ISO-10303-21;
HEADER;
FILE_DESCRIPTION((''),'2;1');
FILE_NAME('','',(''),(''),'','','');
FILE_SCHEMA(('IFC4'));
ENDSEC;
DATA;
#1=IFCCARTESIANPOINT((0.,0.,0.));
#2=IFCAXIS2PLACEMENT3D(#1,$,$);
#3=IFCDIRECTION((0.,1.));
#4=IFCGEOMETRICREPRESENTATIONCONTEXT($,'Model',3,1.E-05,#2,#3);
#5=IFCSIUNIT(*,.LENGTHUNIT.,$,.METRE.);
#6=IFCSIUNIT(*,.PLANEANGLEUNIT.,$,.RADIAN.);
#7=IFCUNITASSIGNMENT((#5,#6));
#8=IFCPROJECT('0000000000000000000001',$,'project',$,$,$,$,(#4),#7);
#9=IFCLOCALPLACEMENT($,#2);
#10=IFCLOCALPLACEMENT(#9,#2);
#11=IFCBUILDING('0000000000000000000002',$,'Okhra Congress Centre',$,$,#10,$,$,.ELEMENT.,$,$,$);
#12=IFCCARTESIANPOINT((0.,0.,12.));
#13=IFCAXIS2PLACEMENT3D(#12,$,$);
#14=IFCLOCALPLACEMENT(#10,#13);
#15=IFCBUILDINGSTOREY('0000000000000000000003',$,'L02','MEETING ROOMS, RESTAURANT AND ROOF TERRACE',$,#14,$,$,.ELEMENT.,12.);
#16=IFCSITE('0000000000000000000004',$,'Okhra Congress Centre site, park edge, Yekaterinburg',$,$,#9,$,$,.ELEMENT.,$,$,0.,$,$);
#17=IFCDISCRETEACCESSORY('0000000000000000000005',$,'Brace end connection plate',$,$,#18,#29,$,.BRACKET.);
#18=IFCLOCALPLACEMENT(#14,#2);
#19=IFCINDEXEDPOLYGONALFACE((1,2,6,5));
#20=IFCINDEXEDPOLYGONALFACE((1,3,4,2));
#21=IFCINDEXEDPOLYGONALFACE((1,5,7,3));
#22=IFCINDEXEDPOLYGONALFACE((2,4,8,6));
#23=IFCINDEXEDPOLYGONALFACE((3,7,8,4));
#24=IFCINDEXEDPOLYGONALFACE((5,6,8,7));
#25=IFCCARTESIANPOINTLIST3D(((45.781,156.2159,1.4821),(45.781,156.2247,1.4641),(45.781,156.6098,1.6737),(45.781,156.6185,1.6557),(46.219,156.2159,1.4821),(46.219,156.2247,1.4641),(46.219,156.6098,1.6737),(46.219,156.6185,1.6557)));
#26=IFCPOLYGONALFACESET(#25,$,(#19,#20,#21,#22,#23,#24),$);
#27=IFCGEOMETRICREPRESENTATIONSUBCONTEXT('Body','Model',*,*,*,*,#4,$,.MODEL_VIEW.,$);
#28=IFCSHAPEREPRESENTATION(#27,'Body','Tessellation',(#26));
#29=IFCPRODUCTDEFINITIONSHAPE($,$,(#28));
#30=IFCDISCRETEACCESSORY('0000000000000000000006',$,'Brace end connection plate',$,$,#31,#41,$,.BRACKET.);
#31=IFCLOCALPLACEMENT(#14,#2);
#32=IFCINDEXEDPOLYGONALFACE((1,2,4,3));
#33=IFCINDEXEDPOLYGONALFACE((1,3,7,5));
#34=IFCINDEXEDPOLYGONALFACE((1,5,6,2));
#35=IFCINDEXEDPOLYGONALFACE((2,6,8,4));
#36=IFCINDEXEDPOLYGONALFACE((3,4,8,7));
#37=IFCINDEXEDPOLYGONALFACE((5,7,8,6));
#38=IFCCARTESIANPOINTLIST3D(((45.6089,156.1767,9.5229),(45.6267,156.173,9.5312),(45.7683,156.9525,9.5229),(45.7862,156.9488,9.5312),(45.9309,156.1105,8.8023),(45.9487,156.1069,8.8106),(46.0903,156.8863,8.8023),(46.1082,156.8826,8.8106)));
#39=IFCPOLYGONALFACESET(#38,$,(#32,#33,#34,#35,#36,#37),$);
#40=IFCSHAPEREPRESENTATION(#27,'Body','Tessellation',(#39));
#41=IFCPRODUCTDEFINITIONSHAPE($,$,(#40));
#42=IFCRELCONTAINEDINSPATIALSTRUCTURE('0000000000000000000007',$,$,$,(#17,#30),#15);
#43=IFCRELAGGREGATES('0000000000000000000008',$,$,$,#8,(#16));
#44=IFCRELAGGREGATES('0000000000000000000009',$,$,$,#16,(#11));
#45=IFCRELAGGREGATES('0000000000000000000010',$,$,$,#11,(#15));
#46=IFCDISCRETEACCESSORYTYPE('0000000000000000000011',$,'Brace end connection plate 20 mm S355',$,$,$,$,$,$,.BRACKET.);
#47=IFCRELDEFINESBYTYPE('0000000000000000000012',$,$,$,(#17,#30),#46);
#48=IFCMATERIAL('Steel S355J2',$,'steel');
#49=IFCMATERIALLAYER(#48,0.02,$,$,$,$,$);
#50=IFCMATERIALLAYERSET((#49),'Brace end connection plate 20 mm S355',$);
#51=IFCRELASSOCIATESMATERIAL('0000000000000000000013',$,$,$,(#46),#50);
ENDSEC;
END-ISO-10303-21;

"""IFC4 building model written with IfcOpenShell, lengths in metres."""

from ifc_helpers import new_model, si_unit, direction, frame, origin, origin_2d, place, context, subcontext, project, spatial, rectangle, extrude, material, layer, layer_set, type_object, element, save


model = new_model("IFC4")

# Units and contexts
model_context = context("Model", 3, precision=1e-05, world=origin(), true_north=direction((0.0, 1.0)))
body_context = subcontext(model_context, "Body", "Model", "MODEL_VIEW")
ifc_project = project(units=[si_unit("LENGTHUNIT", "METRE"), si_unit("PLANEANGLEUNIT", "RADIAN")], contexts=[model_context])

# Site, building, storey
site_placement = place(None, origin())
site = spatial("IfcSite", under=ifc_project, at=site_placement, Name="Okhra Congress Centre site, park edge, Yekaterinburg", CompositionType="ELEMENT", RefElevation=0.0)
building_placement = place(site_placement, origin())
building = spatial("IfcBuilding", under=site, at=building_placement, Name="Okhra Congress Centre", CompositionType="ELEMENT")
storey_placement = place(building_placement, frame((0.0, 0.0, 12.0)))
storey = spatial("IfcBuildingStorey", under=building, at=storey_placement, Name="L02", Description="MEETING ROOMS, RESTAURANT AND ROOF TERRACE", CompositionType="ELEMENT", Elevation=12.0)

# Shared definitions
ifc_material_1 = material(Name="Steel S355J2", Category="steel")

# Discrete accessories
ifc_layer = layer(ifc_material_1, 0.02)
ifc_layer_set = layer_set([ifc_layer], Name="Brace end connection plate 20 mm S355")
discrete_accessory_type = type_object("IfcDiscreteAccessoryType", Name="Brace end connection plate 20 mm S355", PredefinedType="BRACKET", material=ifc_layer_set)
discrete_accessory_1_placement = place(storey_placement, frame((46.0, 156.4128, 1.5779), z_axis=(0.0, 0.437466, -0.899235), x_axis=(-1.0, 0.0, 0.0)))
element("IfcDiscreteAccessory", 1, at=discrete_accessory_1_placement, inside=storey, type_object=discrete_accessory_type, Name="Brace end connection plate", PredefinedType="BRACKET", context=body_context, shape_type="SweptSolid", body=[
    extrude(rectangle(XDim=0.438, YDim=0.438, at=origin_2d()), origin(), (0.0, 0.0, 1.0), 0.02),
])
discrete_accessory_2_placement = place(storey_placement, frame((45.8496, 156.5315, 9.1626), z_axis=(0.891172, -0.183118, 0.415066), x_axis=(0.201274, 0.979535, 0.0)))
element("IfcDiscreteAccessory", 2, at=discrete_accessory_2_placement, inside=storey, type_object=discrete_accessory_type, Name="Brace end connection plate", PredefinedType="BRACKET", context=body_context, shape_type="SweptSolid", body=[
    extrude(rectangle(XDim=0.792, YDim=0.792, at=origin_2d()), origin(), (0.0, 0.0, 1.0), 0.02),
])

save(model, "model.ifc")
